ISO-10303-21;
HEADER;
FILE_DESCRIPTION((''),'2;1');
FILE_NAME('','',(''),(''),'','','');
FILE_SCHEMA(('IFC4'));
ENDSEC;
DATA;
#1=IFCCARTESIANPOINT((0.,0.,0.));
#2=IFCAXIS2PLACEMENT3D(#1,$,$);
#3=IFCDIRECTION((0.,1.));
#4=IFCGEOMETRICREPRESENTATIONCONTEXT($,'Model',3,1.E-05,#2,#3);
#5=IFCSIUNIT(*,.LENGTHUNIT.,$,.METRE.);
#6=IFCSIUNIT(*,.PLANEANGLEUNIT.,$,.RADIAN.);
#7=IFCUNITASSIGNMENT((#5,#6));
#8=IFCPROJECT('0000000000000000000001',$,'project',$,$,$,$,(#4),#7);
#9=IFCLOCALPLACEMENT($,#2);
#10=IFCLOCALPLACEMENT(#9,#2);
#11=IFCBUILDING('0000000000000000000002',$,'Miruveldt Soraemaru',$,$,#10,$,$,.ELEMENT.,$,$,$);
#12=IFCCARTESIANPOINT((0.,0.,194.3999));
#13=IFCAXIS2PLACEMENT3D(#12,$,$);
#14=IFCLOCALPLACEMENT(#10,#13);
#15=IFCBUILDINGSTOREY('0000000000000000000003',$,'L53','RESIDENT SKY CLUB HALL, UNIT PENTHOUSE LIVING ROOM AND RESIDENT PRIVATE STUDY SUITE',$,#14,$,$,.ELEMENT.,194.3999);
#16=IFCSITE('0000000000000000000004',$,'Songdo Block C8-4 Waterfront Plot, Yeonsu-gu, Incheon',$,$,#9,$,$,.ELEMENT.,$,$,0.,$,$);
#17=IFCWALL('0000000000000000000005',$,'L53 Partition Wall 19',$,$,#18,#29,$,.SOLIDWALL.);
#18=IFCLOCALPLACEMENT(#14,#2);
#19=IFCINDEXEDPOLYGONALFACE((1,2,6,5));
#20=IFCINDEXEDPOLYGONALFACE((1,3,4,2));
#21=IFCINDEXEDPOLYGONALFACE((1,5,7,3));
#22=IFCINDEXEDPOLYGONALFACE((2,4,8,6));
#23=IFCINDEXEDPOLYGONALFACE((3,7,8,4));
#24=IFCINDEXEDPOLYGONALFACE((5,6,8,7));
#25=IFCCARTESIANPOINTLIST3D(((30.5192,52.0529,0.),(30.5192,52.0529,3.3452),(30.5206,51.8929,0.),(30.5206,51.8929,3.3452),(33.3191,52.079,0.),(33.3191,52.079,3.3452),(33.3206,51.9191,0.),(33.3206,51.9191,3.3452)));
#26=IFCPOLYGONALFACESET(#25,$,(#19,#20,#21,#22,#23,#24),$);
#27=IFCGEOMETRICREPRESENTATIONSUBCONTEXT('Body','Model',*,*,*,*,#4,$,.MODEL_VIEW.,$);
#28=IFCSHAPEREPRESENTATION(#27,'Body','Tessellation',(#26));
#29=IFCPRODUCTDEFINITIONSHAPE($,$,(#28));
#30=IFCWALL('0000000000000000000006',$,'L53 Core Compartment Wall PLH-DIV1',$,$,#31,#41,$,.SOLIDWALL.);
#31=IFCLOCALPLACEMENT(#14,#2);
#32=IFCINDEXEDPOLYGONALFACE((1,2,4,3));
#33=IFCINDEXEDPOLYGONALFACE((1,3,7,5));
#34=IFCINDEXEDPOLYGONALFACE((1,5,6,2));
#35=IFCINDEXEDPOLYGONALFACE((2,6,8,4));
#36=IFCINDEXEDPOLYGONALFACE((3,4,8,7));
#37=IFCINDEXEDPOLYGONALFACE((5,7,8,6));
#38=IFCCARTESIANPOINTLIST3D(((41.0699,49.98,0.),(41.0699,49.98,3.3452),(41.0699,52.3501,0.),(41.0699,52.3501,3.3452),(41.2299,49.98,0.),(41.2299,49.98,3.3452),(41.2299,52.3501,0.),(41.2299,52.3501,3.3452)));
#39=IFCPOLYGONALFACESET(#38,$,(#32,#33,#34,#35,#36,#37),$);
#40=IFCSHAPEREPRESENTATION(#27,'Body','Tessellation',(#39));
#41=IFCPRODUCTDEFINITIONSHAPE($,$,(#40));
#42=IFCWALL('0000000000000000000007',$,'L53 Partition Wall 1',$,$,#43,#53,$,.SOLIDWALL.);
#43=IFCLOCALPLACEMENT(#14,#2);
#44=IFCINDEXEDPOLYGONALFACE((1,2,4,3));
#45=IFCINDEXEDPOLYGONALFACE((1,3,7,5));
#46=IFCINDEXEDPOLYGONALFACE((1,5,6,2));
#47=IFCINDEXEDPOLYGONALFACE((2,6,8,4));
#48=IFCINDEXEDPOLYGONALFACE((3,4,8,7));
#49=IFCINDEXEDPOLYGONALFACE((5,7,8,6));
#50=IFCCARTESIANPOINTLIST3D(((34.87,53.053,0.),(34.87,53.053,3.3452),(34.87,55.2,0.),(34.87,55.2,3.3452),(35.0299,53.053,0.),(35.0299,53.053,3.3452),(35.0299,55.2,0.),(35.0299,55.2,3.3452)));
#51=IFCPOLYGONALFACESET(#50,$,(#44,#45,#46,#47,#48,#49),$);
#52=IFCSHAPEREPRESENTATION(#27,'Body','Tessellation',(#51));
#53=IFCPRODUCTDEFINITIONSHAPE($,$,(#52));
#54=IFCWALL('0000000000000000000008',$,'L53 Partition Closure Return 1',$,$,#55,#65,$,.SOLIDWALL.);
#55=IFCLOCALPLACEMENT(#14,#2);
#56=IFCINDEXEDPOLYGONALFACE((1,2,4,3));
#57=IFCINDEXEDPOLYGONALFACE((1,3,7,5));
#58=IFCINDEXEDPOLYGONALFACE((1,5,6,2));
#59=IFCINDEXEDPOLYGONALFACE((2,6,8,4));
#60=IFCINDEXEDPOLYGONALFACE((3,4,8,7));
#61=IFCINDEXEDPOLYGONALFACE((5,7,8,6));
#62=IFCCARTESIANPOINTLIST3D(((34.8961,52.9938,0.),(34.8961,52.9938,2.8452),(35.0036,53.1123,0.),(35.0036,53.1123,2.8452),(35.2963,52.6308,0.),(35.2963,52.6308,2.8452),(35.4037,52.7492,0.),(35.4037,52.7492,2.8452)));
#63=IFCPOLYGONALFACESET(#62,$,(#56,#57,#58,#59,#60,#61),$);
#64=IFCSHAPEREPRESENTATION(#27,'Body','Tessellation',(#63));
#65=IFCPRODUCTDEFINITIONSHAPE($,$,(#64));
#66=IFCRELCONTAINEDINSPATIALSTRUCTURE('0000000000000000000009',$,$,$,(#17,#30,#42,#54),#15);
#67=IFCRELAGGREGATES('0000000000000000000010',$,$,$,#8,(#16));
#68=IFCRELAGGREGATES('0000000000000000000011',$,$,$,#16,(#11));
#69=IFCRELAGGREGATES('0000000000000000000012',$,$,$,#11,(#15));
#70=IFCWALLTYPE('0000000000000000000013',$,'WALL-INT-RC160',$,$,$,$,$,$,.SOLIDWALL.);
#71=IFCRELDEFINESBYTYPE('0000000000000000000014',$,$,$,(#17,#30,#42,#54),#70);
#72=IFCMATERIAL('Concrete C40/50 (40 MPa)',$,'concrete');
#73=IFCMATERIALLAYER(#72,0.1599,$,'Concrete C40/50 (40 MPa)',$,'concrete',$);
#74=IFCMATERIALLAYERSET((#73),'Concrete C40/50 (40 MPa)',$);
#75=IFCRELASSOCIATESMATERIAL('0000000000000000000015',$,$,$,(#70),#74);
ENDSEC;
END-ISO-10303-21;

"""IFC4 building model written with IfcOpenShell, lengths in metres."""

from ifc_helpers import new_model, si_unit, direction, frame, frame_2d, origin, place, context, subcontext, project, spatial, rectangle, extrude, material, layer, layer_set, type_object, element, save


model = new_model("IFC4")

# Units and contexts
model_context = context("Model", 3, precision=1e-05, world=origin(), true_north=direction((0.0, 1.0)))
body_context = subcontext(model_context, "Body", "Model", "MODEL_VIEW")
ifc_project = project(units=[si_unit("LENGTHUNIT", "METRE"), si_unit("PLANEANGLEUNIT", "RADIAN")], contexts=[model_context])

# Site, building, storey
site_placement = place(None, origin())
site = spatial("IfcSite", under=ifc_project, at=site_placement, Name="Songdo Block C8-4 Waterfront Plot, Yeonsu-gu, Incheon", CompositionType="ELEMENT", RefElevation=0.0)
building_placement = place(site_placement, origin())
building = spatial("IfcBuilding", under=site, at=building_placement, Name="Miruveldt Soraemaru", CompositionType="ELEMENT")
storey_placement = place(building_placement, frame((0.0, 0.0, 194.3999)))
storey = spatial("IfcBuildingStorey", under=building, at=storey_placement, Name="L53", Description="RESIDENT SKY CLUB HALL, UNIT PENTHOUSE LIVING ROOM AND RESIDENT PRIVATE STUDY SUITE", CompositionType="ELEMENT", Elevation=194.3999)

# Shared definitions
ifc_material_1 = material(Name="Concrete C40/50 (40 MPa)", Category="concrete")

# Shared definitions
ifc_layer_1 = layer(ifc_material_1, 0.1599, Name="Concrete C40/50 (40 MPa)", Category="concrete")
ifc_layer_set_1 = layer_set([ifc_layer_1], Name="Concrete C40/50 (40 MPa)")
wall_type_1 = type_object("IfcWallType", Name="WALL-INT-RC160", PredefinedType="SOLIDWALL", material=ifc_layer_set_1)

# Walls
wall_1_placement = place(storey_placement, frame((30.52, 51.9729, 0.0), z_axis=(0.0, 0.0, 1.0), x_axis=(0.999956, 0.009329, 0.0)))
element("IfcWall", 1, at=wall_1_placement, inside=storey, type_object=wall_type_1, Name="L53 Partition Wall 19", PredefinedType="SOLIDWALL", context=body_context, shape_type="SweptSolid", body=[
    extrude(rectangle(XDim=2.8, YDim=0.1599, at=frame_2d((1.3999, 0.0))), origin(), (0.0, 0.0, 1.0), 3.3452),
])
wall_2_placement = place(storey_placement, frame((41.1499, 49.98, 0.0), z_axis=(0.0, 0.0, 1.0), x_axis=(0.0, 1.0, 0.0)))
element("IfcWall", 2, at=wall_2_placement, inside=storey, type_object=wall_type_1, Name="L53 Core Compartment Wall PLH-DIV1", PredefinedType="SOLIDWALL", context=body_context, shape_type="SweptSolid", body=[
    extrude(rectangle(XDim=2.3701, YDim=0.1599, at=frame_2d((1.1851, 0.0))), origin(), (0.0, 0.0, 1.0), 3.3452),
])
wall_3_placement = place(storey_placement, frame((34.95, 53.053, 0.0), z_axis=(0.0, 0.0, 1.0), x_axis=(0.0, 1.0, 0.0)))
element("IfcWall", 3, at=wall_3_placement, inside=storey, type_object=wall_type_1, Name="L53 Partition Wall 1", PredefinedType="SOLIDWALL", context=body_context, shape_type="SweptSolid", body=[
    extrude(rectangle(XDim=2.147, YDim=0.1599, at=frame_2d((1.0735, 0.0))), origin(), (0.0, 0.0, 1.0), 3.3452),
])
wall_4_placement = place(storey_placement, frame((34.95, 53.053, 0.0), z_axis=(0.0, 0.0, 1.0), x_axis=(0.740614, -0.67193, 0.0)))
element("IfcWall", 4, at=wall_4_placement, inside=storey, type_object=wall_type_1, Name="L53 Partition Closure Return 1", PredefinedType="SOLIDWALL", context=body_context, shape_type="SweptSolid", body=[
    extrude(rectangle(XDim=0.5403, YDim=0.1599, at=frame_2d((0.27, 0.0))), origin(), (0.0, 0.0, 1.0), 2.8452),
])

save(model, "model.ifc")
